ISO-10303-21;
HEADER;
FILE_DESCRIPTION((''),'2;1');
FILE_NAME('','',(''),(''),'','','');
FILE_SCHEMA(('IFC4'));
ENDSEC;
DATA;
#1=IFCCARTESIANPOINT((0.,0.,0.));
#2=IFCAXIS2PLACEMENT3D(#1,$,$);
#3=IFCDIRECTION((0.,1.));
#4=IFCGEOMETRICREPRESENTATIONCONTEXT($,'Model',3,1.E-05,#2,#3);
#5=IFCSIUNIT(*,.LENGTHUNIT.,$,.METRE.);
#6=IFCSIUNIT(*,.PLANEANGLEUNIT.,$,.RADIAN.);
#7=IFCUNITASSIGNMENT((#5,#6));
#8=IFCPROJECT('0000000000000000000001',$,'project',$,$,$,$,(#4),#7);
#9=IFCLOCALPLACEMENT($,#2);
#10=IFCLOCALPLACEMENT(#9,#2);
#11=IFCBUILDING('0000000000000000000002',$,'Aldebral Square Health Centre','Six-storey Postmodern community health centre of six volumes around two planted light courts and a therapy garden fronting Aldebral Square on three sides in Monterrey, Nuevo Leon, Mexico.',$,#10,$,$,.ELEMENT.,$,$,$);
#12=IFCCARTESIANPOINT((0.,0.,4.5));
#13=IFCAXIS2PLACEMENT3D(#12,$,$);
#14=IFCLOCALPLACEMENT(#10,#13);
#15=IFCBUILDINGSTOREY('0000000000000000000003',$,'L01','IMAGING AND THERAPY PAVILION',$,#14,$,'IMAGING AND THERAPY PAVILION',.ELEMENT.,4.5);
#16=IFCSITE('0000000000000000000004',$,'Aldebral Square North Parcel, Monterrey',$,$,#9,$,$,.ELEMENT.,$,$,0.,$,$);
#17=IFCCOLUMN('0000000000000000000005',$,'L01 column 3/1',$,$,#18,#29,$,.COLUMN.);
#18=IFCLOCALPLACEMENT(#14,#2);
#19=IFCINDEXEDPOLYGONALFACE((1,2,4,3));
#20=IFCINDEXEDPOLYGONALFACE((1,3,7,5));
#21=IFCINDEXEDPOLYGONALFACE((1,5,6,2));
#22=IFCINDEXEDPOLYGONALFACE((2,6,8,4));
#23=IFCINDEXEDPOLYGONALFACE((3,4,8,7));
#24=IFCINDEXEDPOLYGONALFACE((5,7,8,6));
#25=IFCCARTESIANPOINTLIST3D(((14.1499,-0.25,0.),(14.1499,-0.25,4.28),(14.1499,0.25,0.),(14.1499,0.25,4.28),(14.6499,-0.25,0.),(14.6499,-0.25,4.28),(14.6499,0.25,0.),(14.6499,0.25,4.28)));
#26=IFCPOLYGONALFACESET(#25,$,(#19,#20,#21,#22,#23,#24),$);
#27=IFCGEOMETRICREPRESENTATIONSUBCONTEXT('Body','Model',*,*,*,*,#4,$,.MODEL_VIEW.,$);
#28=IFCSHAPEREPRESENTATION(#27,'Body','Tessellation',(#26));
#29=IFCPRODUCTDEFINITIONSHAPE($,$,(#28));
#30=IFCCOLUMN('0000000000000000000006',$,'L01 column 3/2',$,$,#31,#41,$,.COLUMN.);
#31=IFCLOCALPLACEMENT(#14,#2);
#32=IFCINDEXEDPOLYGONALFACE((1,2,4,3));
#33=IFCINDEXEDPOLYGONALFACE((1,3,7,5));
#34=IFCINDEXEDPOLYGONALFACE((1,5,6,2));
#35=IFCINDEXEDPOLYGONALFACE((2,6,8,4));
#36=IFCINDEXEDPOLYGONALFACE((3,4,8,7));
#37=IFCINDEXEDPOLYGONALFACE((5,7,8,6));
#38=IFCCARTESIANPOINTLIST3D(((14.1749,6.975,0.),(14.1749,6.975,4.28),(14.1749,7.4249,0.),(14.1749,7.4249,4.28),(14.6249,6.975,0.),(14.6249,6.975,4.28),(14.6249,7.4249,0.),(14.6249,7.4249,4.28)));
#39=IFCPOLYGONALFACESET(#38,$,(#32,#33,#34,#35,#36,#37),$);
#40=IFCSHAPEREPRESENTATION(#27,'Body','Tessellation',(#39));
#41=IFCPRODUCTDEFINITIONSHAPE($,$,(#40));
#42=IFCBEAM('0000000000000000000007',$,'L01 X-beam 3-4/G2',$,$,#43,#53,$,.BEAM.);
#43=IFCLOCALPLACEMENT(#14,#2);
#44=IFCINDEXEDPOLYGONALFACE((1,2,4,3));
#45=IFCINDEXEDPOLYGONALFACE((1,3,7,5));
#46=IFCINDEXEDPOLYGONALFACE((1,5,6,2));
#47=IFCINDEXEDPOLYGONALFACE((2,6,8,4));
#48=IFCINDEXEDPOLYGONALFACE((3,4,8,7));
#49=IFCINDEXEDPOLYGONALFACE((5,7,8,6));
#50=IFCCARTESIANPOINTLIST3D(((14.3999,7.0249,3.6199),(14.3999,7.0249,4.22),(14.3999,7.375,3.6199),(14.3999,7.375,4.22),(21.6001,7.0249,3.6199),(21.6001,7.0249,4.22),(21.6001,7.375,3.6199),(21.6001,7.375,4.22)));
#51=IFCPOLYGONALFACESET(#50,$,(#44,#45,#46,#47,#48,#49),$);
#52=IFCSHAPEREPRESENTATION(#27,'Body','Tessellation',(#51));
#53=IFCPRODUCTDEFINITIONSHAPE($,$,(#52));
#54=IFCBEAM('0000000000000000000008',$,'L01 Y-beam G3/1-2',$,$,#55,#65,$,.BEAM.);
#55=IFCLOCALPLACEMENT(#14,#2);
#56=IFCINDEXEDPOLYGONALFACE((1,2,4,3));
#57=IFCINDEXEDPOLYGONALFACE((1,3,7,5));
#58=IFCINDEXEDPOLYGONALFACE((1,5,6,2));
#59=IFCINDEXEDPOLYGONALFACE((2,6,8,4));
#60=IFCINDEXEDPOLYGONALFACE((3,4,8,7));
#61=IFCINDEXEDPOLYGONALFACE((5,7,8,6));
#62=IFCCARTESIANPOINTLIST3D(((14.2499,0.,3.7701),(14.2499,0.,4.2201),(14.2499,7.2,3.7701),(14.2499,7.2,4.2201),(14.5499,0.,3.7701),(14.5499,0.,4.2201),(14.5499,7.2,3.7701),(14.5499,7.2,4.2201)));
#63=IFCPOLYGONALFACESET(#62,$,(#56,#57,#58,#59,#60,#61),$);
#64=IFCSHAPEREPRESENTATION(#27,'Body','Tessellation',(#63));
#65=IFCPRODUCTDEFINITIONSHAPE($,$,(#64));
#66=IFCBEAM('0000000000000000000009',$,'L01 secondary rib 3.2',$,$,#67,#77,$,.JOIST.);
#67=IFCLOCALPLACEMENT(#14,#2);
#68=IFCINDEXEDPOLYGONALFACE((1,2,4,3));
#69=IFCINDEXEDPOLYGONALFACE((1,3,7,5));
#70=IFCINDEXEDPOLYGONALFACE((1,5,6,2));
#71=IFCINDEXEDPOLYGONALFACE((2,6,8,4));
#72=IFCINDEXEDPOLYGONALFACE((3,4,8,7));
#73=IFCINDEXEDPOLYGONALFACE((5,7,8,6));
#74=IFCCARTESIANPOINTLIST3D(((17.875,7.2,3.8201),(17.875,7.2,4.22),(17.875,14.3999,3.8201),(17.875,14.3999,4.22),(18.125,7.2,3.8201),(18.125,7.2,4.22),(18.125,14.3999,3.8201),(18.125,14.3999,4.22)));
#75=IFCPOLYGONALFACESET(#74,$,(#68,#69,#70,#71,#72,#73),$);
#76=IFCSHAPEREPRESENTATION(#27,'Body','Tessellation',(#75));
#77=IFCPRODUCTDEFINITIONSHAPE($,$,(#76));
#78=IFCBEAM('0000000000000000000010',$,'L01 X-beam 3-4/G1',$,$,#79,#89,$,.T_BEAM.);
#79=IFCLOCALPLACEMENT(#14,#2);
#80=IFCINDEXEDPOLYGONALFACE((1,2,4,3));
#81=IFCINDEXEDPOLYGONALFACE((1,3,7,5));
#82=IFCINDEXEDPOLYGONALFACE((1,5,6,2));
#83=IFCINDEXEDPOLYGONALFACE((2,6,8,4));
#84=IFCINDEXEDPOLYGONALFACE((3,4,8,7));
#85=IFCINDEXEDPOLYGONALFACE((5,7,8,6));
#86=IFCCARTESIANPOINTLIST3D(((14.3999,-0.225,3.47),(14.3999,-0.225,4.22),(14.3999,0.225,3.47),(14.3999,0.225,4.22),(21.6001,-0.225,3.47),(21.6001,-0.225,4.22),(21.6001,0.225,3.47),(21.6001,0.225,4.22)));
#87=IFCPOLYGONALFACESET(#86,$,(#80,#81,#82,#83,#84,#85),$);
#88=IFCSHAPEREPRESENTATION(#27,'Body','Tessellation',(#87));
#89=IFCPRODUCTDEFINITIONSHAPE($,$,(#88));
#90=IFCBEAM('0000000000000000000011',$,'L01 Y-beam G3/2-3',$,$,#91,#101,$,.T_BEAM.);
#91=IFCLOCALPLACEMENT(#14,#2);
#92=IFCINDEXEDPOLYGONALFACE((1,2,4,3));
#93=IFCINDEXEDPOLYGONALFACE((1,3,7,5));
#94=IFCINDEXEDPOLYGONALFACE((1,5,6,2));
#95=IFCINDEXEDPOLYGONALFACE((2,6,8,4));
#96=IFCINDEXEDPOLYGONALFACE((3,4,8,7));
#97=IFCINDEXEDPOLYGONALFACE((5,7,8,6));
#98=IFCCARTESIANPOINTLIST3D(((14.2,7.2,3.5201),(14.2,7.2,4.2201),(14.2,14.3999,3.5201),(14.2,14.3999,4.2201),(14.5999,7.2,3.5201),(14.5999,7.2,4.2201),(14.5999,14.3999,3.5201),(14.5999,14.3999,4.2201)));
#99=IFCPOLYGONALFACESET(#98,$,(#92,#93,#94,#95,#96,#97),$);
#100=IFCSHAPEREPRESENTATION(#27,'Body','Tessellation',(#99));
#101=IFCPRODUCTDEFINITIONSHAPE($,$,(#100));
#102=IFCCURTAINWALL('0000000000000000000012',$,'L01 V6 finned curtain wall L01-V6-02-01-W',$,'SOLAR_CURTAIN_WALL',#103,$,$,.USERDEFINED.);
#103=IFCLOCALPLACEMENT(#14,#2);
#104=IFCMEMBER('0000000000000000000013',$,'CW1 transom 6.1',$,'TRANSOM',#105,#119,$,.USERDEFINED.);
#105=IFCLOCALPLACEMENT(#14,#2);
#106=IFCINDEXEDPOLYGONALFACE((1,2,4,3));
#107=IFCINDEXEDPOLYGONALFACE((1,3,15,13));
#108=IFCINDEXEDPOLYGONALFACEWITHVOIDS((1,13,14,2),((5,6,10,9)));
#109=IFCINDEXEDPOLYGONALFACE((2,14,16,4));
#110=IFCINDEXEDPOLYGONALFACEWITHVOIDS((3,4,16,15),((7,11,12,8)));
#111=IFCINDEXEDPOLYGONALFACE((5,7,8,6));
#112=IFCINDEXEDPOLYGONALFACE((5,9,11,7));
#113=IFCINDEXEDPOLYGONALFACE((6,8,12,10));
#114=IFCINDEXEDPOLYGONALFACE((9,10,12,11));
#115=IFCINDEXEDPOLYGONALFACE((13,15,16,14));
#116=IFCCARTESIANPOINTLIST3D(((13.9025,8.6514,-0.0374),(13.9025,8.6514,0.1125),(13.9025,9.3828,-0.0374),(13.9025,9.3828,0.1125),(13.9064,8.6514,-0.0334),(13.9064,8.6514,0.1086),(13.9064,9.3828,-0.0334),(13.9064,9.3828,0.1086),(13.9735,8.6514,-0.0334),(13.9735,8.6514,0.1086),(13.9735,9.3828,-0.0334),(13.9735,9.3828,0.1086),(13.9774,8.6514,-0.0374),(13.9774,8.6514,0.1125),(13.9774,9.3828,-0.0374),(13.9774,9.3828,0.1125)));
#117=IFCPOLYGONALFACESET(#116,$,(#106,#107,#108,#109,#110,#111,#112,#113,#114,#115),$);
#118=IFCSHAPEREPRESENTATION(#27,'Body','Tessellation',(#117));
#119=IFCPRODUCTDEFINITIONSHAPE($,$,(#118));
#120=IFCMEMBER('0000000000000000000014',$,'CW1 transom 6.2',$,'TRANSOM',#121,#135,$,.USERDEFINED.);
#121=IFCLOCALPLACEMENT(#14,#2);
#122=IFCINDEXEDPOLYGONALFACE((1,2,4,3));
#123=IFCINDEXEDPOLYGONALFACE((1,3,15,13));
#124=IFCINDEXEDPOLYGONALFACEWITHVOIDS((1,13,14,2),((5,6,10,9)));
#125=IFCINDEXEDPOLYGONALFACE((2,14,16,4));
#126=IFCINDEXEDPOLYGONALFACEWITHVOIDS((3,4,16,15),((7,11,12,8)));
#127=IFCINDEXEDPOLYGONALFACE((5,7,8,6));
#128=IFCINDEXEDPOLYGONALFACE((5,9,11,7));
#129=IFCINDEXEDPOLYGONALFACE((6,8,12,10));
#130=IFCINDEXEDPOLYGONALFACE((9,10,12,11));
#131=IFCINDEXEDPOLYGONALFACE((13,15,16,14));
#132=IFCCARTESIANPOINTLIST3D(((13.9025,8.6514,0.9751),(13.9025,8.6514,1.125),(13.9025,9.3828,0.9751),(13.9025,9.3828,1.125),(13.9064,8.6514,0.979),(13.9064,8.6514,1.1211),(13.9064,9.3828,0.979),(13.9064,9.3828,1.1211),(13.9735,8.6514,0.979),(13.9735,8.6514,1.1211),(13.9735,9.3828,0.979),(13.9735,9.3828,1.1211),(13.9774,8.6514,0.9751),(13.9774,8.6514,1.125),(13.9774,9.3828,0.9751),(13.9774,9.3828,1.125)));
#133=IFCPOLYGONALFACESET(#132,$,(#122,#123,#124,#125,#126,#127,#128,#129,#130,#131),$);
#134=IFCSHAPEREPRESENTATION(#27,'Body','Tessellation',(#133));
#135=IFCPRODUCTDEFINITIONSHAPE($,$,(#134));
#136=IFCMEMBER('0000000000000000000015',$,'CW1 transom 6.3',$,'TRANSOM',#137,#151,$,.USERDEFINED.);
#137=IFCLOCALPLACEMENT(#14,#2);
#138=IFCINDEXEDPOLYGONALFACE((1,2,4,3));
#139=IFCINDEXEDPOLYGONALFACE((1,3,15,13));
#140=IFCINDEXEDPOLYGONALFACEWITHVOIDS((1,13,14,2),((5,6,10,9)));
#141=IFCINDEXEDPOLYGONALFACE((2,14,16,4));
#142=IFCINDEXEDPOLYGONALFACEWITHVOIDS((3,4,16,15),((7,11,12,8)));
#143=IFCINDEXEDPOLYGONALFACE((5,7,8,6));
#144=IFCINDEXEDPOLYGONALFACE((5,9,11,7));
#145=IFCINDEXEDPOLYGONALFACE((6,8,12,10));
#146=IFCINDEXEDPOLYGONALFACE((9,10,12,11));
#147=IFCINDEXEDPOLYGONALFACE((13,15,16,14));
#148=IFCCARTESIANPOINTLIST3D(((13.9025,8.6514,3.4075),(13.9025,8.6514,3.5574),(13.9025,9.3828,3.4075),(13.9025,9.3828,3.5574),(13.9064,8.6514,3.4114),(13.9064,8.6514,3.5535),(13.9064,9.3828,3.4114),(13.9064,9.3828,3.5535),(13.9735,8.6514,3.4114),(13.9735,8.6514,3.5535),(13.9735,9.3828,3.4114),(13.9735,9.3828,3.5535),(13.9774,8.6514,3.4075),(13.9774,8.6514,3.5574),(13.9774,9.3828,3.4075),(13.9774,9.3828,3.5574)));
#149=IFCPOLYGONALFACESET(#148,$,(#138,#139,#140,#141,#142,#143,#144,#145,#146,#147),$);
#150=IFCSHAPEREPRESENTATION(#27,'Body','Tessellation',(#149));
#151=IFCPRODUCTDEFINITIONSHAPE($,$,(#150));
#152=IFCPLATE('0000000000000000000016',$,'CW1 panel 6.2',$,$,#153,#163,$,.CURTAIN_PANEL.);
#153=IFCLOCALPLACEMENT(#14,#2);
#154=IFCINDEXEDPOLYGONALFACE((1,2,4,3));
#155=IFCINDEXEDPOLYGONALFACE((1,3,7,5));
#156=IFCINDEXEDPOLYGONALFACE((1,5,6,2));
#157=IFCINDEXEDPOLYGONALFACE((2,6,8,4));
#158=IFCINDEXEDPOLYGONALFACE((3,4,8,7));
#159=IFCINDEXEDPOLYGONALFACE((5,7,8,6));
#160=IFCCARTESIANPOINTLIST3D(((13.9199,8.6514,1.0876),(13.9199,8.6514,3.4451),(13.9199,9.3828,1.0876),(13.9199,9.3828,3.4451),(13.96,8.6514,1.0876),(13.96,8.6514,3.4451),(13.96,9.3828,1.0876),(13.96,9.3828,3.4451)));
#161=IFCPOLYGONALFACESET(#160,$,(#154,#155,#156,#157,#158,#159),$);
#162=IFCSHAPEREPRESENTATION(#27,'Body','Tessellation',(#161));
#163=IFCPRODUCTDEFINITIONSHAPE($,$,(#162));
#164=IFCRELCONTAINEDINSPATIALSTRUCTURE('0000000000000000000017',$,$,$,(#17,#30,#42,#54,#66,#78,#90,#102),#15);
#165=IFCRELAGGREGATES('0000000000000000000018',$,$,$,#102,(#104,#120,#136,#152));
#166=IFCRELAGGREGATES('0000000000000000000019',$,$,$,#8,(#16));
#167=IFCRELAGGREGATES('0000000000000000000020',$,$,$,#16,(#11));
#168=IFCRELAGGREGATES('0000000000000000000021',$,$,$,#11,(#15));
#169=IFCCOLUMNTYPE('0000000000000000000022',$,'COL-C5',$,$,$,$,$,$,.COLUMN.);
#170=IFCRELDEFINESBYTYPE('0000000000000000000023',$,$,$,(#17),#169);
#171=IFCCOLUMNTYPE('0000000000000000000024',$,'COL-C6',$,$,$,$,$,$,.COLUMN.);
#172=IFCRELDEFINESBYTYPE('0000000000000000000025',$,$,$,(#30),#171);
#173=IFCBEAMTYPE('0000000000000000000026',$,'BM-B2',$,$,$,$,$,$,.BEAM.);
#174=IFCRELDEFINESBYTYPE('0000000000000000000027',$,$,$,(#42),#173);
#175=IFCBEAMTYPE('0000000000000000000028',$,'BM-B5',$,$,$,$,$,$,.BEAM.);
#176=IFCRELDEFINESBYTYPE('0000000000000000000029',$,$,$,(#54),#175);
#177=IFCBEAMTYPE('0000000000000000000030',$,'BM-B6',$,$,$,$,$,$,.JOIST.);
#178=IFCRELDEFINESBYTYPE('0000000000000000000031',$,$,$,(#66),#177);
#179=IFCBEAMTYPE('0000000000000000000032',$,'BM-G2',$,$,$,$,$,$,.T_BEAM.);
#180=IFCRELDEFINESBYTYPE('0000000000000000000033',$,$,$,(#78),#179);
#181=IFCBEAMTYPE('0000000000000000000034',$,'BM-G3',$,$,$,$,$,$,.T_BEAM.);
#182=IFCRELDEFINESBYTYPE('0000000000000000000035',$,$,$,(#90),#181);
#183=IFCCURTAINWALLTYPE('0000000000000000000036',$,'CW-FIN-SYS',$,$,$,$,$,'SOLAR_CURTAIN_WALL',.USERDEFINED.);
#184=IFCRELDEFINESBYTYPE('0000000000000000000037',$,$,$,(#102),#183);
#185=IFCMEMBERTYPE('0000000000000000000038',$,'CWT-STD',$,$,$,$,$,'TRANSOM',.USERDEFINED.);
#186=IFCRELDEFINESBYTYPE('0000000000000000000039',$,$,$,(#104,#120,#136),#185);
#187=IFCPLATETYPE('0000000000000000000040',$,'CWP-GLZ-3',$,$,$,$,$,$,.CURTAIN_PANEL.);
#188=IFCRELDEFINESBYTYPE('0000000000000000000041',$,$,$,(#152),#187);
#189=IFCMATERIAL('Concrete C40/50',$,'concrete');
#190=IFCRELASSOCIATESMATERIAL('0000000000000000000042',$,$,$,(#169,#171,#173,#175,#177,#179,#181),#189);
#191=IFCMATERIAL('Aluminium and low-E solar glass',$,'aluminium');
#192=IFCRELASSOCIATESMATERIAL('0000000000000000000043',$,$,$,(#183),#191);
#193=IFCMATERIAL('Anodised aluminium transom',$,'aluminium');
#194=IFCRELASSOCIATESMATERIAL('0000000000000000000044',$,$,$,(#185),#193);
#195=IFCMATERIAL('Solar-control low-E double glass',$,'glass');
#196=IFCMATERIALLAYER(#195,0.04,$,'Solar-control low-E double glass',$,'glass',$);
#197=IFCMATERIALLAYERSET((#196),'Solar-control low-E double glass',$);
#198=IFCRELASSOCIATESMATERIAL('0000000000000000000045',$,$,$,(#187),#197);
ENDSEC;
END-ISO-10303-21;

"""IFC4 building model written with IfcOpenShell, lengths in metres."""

from ifc_helpers import new_model, si_unit, direction, frame, origin, origin_2d, place, context, subcontext, project, spatial, rectangle, hollow_rectangle, extrude, material, layer, layer_set, material_profile, profile_set, type_object, element, aggregate, save


model = new_model("IFC4")

# Units and contexts
model_context = context("Model", 3, precision=1e-05, world=origin(), true_north=direction((0.0, 1.0)))
body_context = subcontext(model_context, "Body", "Model", "MODEL_VIEW")
ifc_project = project(units=[si_unit("LENGTHUNIT", "METRE"), si_unit("PLANEANGLEUNIT", "RADIAN")], contexts=[model_context])

# Site, building, storey
site_placement = place(None, origin())
site = spatial("IfcSite", under=ifc_project, at=site_placement, Name="Aldebral Square North Parcel, Monterrey", CompositionType="ELEMENT", RefElevation=0.0)
building_placement = place(site_placement, origin())
building = spatial("IfcBuilding", under=site, at=building_placement, Name="Aldebral Square Health Centre", Description="Six-storey Postmodern community health centre of six volumes around two planted light courts and a therapy garden fronting Aldebral Square on three sides in Monterrey, Nuevo Leon, Mexico.", CompositionType="ELEMENT")
storey_placement = place(building_placement, frame((0.0, 0.0, 4.5)))
storey = spatial("IfcBuildingStorey", under=building, at=storey_placement, Name="L01", Description="IMAGING AND THERAPY PAVILION", LongName="IMAGING AND THERAPY PAVILION", CompositionType="ELEMENT", Elevation=4.5)

# Columns
ifc_material_1 = material(Name="Concrete C40/50", Category="concrete")
ifc_material_profile_1 = material_profile(ifc_material_1, rectangle(XDim=0.5, YDim=0.5, at=origin_2d()), Name="RC 500x500")
ifc_profile_set_1 = profile_set([ifc_material_profile_1], Name="Concrete C40/50")
column_type_1 = type_object("IfcColumnType", Name="COL-C5", PredefinedType="COLUMN", material=ifc_profile_set_1)
column_1_placement = place(storey_placement, frame((14.3999, 0.0, 0.0), z_axis=(0.0, 0.0, 1.0), x_axis=(1.0, 0.0, 0.0)))
element("IfcColumn", 1, at=column_1_placement, inside=storey, type_object=column_type_1, Name="L01 column 3/1", PredefinedType="COLUMN", context=body_context, shape_type="SweptSolid", body=[
    extrude(rectangle(XDim=0.5, YDim=0.5, at=origin_2d()), origin(), (0.0, 0.0, 1.0), 4.28),
])
ifc_material_profile_2 = material_profile(ifc_material_1, rectangle(XDim=0.45, YDim=0.45, at=origin_2d()), Name="RC 450x450")
ifc_profile_set_2 = profile_set([ifc_material_profile_2], Name="Concrete C40/50")
column_type_2 = type_object("IfcColumnType", Name="COL-C6", PredefinedType="COLUMN", material=ifc_profile_set_2)
column_2_placement = place(storey_placement, frame((14.3999, 7.2, 0.0), z_axis=(0.0, 0.0, 1.0), x_axis=(1.0, 0.0, 0.0)))
element("IfcColumn", 2, at=column_2_placement, inside=storey, type_object=column_type_2, Name="L01 column 3/2", PredefinedType="COLUMN", context=body_context, shape_type="SweptSolid", body=[
    extrude(rectangle(XDim=0.45, YDim=0.45, at=origin_2d()), origin(), (0.0, 0.0, 1.0), 4.28),
])

# Beams
ifc_material_profile_3 = material_profile(ifc_material_1, rectangle(XDim=0.3501, YDim=0.6001, at=origin_2d()), Name="RC 350x600")
ifc_profile_set_3 = profile_set([ifc_material_profile_3], Name="Concrete C40/50")
beam_type_1 = type_object("IfcBeamType", Name="BM-B2", PredefinedType="BEAM", material=ifc_profile_set_3)
beam_1_placement = place(storey_placement, frame((14.3999, 7.2, 3.9199), z_axis=(1.0, 0.0, 0.0), x_axis=(0.0, 1.0, 0.0)))
element("IfcBeam", 3, at=beam_1_placement, inside=storey, type_object=beam_type_1, Name="L01 X-beam 3-4/G2", PredefinedType="BEAM", context=body_context, shape_type="SweptSolid", body=[
    extrude(rectangle(XDim=0.3501, YDim=0.6001, at=origin_2d()), origin(), (0.0, 0.0, 1.0), 7.2002),
])
ifc_material_profile_4 = material_profile(ifc_material_1, rectangle(XDim=0.3, YDim=0.45, at=origin_2d()), Name="RC 300x450")
ifc_profile_set_4 = profile_set([ifc_material_profile_4], Name="Concrete C40/50")
beam_type_2 = type_object("IfcBeamType", Name="BM-B5", PredefinedType="BEAM", material=ifc_profile_set_4)
beam_2_placement = place(storey_placement, frame((14.3999, 0.0, 3.9951), z_axis=(0.0, 1.0, 0.0), x_axis=(-1.0, 0.0, 0.0)))
element("IfcBeam", 4, at=beam_2_placement, inside=storey, type_object=beam_type_2, Name="L01 Y-beam G3/1-2", PredefinedType="BEAM", context=body_context, shape_type="SweptSolid", body=[
    extrude(rectangle(XDim=0.3, YDim=0.45, at=origin_2d()), origin(), (0.0, 0.0, 1.0), 7.2),
])
ifc_material_profile_5 = material_profile(ifc_material_1, rectangle(XDim=0.25, YDim=0.3999, at=origin_2d()), Name="RC 250x400")
ifc_profile_set_5 = profile_set([ifc_material_profile_5], Name="Concrete C40/50")
beam_type_3 = type_object("IfcBeamType", Name="BM-B6", PredefinedType="JOIST", material=ifc_profile_set_5)
beam_3_placement = place(storey_placement, frame((18.0, 7.2, 4.02), z_axis=(0.0, 1.0, 0.0), x_axis=(-1.0, 0.0, 0.0)))
element("IfcBeam", 5, at=beam_3_placement, inside=storey, type_object=beam_type_3, Name="L01 secondary rib 3.2", PredefinedType="JOIST", context=body_context, shape_type="SweptSolid", body=[
    extrude(rectangle(XDim=0.25, YDim=0.3999, at=origin_2d()), origin(), (0.0, 0.0, 1.0), 7.2),
])
ifc_material_profile_6 = material_profile(ifc_material_1, rectangle(XDim=0.45, YDim=0.75, at=origin_2d()), Name="RC 450x750")
ifc_profile_set_6 = profile_set([ifc_material_profile_6], Name="Concrete C40/50")
beam_type_4 = type_object("IfcBeamType", Name="BM-G2", PredefinedType="T_BEAM", material=ifc_profile_set_6)
beam_4_placement = place(storey_placement, frame((14.3999, 0.0, 3.845), z_axis=(1.0, 0.0, 0.0), x_axis=(0.0, 1.0, 0.0)))
element("IfcBeam", 6, at=beam_4_placement, inside=storey, type_object=beam_type_4, Name="L01 X-beam 3-4/G1", PredefinedType="T_BEAM", context=body_context, shape_type="SweptSolid", body=[
    extrude(rectangle(XDim=0.45, YDim=0.75, at=origin_2d()), origin(), (0.0, 0.0, 1.0), 7.2002),
])
ifc_material_profile_7 = material_profile(ifc_material_1, rectangle(XDim=0.3999, YDim=0.7, at=origin_2d()), Name="RC 400x700")
ifc_profile_set_7 = profile_set([ifc_material_profile_7], Name="Concrete C40/50")
beam_type_5 = type_object("IfcBeamType", Name="BM-G3", PredefinedType="T_BEAM", material=ifc_profile_set_7)
beam_5_placement = place(storey_placement, frame((14.3999, 7.2, 3.8701), z_axis=(0.0, 1.0, 0.0), x_axis=(-1.0, 0.0, 0.0)))
element("IfcBeam", 7, at=beam_5_placement, inside=storey, type_object=beam_type_5, Name="L01 Y-beam G3/2-3", PredefinedType="T_BEAM", context=body_context, shape_type="SweptSolid", body=[
    extrude(rectangle(XDim=0.3999, YDim=0.7, at=origin_2d()), origin(), (0.0, 0.0, 1.0), 7.2),
])

# Curtain wall, members, plate
ifc_material_2 = material(Name="Aluminium and low-E solar glass", Category="aluminium")
curtain_wall_type = type_object("IfcCurtainWallType", Name="CW-FIN-SYS", ElementType="SOLAR_CURTAIN_WALL", PredefinedType="USERDEFINED", material=ifc_material_2)
curtain_wall_placement = place(storey_placement, origin())
curtain_wall = element("IfcCurtainWall", 8, at=curtain_wall_placement, inside=storey, type_object=curtain_wall_type, Name="L01 V6 finned curtain wall L01-V6-02-01-W", ObjectType="SOLAR_CURTAIN_WALL", PredefinedType="USERDEFINED")
ifc_material_3 = material(Name="Anodised aluminium transom", Category="aluminium")
ifc_material_profile_8 = material_profile(ifc_material_3, hollow_rectangle(XDim=0.075, YDim=0.1499, WallThickness=0.0039, at=origin_2d()), Name="CWT 75x150x4")
ifc_profile_set_8 = profile_set([ifc_material_profile_8], Name="Anodised aluminium transom")
member_type = type_object("IfcMemberType", Name="CWT-STD", ElementType="TRANSOM", PredefinedType="USERDEFINED", material=ifc_profile_set_8)
member_1_placement = place(storey_placement, frame((13.9399, 9.3828, 0.0376), z_axis=(0.0, -1.0, 0.0), x_axis=(1.0, 0.0, 0.0)))
member_1 = element("IfcMember", 9, at=member_1_placement, type_object=member_type, Name="CW1 transom 6.1", ObjectType="TRANSOM", PredefinedType="USERDEFINED", context=body_context, shape_type="SweptSolid", body=[
    extrude(hollow_rectangle(XDim=0.075, YDim=0.1499, WallThickness=0.0039, at=origin_2d()), origin(), (0.0, 0.0, 1.0), 0.7314),
])
member_2_placement = place(storey_placement, frame((13.9399, 9.3828, 1.05), z_axis=(0.0, -1.0, 0.0), x_axis=(1.0, 0.0, 0.0)))
member_2 = element("IfcMember", 10, at=member_2_placement, type_object=member_type, Name="CW1 transom 6.2", ObjectType="TRANSOM", PredefinedType="USERDEFINED", context=body_context, shape_type="SweptSolid", body=[
    extrude(hollow_rectangle(XDim=0.075, YDim=0.1499, WallThickness=0.0039, at=origin_2d()), origin(), (0.0, 0.0, 1.0), 0.7314),
])
member_3_placement = place(storey_placement, frame((13.9399, 9.3828, 3.4824), z_axis=(0.0, -1.0, 0.0), x_axis=(1.0, 0.0, 0.0)))
member_3 = element("IfcMember", 11, at=member_3_placement, type_object=member_type, Name="CW1 transom 6.3", ObjectType="TRANSOM", PredefinedType="USERDEFINED", context=body_context, shape_type="SweptSolid", body=[
    extrude(hollow_rectangle(XDim=0.075, YDim=0.1499, WallThickness=0.0039, at=origin_2d()), origin(), (0.0, 0.0, 1.0), 0.7314),
])
ifc_material_4 = material(Name="Solar-control low-E double glass", Category="glass")
ifc_layer_1 = layer(ifc_material_4, 0.04, Name="Solar-control low-E double glass", Category="glass")
ifc_layer_set_1 = layer_set([ifc_layer_1], Name="Solar-control low-E double glass")
plate_type = type_object("IfcPlateType", Name="CWP-GLZ-3", PredefinedType="CURTAIN_PANEL", material=ifc_layer_set_1)
plate_placement = place(storey_placement, frame((13.9399, 9.0171, 1.0876), z_axis=(0.0, 0.0, 1.0), x_axis=(0.0, -1.0, 0.0)))
plate = element("IfcPlate", 12, at=plate_placement, type_object=plate_type, Name="CW1 panel 6.2", PredefinedType="CURTAIN_PANEL", context=body_context, shape_type="SweptSolid", body=[
    extrude(rectangle(XDim=0.7314, YDim=0.04, at=origin_2d()), origin(), (0.0, 0.0, 1.0), 2.3574),
])
aggregate(curtain_wall, [member_1, member_2, member_3, plate])

save(model, "model.ifc")
